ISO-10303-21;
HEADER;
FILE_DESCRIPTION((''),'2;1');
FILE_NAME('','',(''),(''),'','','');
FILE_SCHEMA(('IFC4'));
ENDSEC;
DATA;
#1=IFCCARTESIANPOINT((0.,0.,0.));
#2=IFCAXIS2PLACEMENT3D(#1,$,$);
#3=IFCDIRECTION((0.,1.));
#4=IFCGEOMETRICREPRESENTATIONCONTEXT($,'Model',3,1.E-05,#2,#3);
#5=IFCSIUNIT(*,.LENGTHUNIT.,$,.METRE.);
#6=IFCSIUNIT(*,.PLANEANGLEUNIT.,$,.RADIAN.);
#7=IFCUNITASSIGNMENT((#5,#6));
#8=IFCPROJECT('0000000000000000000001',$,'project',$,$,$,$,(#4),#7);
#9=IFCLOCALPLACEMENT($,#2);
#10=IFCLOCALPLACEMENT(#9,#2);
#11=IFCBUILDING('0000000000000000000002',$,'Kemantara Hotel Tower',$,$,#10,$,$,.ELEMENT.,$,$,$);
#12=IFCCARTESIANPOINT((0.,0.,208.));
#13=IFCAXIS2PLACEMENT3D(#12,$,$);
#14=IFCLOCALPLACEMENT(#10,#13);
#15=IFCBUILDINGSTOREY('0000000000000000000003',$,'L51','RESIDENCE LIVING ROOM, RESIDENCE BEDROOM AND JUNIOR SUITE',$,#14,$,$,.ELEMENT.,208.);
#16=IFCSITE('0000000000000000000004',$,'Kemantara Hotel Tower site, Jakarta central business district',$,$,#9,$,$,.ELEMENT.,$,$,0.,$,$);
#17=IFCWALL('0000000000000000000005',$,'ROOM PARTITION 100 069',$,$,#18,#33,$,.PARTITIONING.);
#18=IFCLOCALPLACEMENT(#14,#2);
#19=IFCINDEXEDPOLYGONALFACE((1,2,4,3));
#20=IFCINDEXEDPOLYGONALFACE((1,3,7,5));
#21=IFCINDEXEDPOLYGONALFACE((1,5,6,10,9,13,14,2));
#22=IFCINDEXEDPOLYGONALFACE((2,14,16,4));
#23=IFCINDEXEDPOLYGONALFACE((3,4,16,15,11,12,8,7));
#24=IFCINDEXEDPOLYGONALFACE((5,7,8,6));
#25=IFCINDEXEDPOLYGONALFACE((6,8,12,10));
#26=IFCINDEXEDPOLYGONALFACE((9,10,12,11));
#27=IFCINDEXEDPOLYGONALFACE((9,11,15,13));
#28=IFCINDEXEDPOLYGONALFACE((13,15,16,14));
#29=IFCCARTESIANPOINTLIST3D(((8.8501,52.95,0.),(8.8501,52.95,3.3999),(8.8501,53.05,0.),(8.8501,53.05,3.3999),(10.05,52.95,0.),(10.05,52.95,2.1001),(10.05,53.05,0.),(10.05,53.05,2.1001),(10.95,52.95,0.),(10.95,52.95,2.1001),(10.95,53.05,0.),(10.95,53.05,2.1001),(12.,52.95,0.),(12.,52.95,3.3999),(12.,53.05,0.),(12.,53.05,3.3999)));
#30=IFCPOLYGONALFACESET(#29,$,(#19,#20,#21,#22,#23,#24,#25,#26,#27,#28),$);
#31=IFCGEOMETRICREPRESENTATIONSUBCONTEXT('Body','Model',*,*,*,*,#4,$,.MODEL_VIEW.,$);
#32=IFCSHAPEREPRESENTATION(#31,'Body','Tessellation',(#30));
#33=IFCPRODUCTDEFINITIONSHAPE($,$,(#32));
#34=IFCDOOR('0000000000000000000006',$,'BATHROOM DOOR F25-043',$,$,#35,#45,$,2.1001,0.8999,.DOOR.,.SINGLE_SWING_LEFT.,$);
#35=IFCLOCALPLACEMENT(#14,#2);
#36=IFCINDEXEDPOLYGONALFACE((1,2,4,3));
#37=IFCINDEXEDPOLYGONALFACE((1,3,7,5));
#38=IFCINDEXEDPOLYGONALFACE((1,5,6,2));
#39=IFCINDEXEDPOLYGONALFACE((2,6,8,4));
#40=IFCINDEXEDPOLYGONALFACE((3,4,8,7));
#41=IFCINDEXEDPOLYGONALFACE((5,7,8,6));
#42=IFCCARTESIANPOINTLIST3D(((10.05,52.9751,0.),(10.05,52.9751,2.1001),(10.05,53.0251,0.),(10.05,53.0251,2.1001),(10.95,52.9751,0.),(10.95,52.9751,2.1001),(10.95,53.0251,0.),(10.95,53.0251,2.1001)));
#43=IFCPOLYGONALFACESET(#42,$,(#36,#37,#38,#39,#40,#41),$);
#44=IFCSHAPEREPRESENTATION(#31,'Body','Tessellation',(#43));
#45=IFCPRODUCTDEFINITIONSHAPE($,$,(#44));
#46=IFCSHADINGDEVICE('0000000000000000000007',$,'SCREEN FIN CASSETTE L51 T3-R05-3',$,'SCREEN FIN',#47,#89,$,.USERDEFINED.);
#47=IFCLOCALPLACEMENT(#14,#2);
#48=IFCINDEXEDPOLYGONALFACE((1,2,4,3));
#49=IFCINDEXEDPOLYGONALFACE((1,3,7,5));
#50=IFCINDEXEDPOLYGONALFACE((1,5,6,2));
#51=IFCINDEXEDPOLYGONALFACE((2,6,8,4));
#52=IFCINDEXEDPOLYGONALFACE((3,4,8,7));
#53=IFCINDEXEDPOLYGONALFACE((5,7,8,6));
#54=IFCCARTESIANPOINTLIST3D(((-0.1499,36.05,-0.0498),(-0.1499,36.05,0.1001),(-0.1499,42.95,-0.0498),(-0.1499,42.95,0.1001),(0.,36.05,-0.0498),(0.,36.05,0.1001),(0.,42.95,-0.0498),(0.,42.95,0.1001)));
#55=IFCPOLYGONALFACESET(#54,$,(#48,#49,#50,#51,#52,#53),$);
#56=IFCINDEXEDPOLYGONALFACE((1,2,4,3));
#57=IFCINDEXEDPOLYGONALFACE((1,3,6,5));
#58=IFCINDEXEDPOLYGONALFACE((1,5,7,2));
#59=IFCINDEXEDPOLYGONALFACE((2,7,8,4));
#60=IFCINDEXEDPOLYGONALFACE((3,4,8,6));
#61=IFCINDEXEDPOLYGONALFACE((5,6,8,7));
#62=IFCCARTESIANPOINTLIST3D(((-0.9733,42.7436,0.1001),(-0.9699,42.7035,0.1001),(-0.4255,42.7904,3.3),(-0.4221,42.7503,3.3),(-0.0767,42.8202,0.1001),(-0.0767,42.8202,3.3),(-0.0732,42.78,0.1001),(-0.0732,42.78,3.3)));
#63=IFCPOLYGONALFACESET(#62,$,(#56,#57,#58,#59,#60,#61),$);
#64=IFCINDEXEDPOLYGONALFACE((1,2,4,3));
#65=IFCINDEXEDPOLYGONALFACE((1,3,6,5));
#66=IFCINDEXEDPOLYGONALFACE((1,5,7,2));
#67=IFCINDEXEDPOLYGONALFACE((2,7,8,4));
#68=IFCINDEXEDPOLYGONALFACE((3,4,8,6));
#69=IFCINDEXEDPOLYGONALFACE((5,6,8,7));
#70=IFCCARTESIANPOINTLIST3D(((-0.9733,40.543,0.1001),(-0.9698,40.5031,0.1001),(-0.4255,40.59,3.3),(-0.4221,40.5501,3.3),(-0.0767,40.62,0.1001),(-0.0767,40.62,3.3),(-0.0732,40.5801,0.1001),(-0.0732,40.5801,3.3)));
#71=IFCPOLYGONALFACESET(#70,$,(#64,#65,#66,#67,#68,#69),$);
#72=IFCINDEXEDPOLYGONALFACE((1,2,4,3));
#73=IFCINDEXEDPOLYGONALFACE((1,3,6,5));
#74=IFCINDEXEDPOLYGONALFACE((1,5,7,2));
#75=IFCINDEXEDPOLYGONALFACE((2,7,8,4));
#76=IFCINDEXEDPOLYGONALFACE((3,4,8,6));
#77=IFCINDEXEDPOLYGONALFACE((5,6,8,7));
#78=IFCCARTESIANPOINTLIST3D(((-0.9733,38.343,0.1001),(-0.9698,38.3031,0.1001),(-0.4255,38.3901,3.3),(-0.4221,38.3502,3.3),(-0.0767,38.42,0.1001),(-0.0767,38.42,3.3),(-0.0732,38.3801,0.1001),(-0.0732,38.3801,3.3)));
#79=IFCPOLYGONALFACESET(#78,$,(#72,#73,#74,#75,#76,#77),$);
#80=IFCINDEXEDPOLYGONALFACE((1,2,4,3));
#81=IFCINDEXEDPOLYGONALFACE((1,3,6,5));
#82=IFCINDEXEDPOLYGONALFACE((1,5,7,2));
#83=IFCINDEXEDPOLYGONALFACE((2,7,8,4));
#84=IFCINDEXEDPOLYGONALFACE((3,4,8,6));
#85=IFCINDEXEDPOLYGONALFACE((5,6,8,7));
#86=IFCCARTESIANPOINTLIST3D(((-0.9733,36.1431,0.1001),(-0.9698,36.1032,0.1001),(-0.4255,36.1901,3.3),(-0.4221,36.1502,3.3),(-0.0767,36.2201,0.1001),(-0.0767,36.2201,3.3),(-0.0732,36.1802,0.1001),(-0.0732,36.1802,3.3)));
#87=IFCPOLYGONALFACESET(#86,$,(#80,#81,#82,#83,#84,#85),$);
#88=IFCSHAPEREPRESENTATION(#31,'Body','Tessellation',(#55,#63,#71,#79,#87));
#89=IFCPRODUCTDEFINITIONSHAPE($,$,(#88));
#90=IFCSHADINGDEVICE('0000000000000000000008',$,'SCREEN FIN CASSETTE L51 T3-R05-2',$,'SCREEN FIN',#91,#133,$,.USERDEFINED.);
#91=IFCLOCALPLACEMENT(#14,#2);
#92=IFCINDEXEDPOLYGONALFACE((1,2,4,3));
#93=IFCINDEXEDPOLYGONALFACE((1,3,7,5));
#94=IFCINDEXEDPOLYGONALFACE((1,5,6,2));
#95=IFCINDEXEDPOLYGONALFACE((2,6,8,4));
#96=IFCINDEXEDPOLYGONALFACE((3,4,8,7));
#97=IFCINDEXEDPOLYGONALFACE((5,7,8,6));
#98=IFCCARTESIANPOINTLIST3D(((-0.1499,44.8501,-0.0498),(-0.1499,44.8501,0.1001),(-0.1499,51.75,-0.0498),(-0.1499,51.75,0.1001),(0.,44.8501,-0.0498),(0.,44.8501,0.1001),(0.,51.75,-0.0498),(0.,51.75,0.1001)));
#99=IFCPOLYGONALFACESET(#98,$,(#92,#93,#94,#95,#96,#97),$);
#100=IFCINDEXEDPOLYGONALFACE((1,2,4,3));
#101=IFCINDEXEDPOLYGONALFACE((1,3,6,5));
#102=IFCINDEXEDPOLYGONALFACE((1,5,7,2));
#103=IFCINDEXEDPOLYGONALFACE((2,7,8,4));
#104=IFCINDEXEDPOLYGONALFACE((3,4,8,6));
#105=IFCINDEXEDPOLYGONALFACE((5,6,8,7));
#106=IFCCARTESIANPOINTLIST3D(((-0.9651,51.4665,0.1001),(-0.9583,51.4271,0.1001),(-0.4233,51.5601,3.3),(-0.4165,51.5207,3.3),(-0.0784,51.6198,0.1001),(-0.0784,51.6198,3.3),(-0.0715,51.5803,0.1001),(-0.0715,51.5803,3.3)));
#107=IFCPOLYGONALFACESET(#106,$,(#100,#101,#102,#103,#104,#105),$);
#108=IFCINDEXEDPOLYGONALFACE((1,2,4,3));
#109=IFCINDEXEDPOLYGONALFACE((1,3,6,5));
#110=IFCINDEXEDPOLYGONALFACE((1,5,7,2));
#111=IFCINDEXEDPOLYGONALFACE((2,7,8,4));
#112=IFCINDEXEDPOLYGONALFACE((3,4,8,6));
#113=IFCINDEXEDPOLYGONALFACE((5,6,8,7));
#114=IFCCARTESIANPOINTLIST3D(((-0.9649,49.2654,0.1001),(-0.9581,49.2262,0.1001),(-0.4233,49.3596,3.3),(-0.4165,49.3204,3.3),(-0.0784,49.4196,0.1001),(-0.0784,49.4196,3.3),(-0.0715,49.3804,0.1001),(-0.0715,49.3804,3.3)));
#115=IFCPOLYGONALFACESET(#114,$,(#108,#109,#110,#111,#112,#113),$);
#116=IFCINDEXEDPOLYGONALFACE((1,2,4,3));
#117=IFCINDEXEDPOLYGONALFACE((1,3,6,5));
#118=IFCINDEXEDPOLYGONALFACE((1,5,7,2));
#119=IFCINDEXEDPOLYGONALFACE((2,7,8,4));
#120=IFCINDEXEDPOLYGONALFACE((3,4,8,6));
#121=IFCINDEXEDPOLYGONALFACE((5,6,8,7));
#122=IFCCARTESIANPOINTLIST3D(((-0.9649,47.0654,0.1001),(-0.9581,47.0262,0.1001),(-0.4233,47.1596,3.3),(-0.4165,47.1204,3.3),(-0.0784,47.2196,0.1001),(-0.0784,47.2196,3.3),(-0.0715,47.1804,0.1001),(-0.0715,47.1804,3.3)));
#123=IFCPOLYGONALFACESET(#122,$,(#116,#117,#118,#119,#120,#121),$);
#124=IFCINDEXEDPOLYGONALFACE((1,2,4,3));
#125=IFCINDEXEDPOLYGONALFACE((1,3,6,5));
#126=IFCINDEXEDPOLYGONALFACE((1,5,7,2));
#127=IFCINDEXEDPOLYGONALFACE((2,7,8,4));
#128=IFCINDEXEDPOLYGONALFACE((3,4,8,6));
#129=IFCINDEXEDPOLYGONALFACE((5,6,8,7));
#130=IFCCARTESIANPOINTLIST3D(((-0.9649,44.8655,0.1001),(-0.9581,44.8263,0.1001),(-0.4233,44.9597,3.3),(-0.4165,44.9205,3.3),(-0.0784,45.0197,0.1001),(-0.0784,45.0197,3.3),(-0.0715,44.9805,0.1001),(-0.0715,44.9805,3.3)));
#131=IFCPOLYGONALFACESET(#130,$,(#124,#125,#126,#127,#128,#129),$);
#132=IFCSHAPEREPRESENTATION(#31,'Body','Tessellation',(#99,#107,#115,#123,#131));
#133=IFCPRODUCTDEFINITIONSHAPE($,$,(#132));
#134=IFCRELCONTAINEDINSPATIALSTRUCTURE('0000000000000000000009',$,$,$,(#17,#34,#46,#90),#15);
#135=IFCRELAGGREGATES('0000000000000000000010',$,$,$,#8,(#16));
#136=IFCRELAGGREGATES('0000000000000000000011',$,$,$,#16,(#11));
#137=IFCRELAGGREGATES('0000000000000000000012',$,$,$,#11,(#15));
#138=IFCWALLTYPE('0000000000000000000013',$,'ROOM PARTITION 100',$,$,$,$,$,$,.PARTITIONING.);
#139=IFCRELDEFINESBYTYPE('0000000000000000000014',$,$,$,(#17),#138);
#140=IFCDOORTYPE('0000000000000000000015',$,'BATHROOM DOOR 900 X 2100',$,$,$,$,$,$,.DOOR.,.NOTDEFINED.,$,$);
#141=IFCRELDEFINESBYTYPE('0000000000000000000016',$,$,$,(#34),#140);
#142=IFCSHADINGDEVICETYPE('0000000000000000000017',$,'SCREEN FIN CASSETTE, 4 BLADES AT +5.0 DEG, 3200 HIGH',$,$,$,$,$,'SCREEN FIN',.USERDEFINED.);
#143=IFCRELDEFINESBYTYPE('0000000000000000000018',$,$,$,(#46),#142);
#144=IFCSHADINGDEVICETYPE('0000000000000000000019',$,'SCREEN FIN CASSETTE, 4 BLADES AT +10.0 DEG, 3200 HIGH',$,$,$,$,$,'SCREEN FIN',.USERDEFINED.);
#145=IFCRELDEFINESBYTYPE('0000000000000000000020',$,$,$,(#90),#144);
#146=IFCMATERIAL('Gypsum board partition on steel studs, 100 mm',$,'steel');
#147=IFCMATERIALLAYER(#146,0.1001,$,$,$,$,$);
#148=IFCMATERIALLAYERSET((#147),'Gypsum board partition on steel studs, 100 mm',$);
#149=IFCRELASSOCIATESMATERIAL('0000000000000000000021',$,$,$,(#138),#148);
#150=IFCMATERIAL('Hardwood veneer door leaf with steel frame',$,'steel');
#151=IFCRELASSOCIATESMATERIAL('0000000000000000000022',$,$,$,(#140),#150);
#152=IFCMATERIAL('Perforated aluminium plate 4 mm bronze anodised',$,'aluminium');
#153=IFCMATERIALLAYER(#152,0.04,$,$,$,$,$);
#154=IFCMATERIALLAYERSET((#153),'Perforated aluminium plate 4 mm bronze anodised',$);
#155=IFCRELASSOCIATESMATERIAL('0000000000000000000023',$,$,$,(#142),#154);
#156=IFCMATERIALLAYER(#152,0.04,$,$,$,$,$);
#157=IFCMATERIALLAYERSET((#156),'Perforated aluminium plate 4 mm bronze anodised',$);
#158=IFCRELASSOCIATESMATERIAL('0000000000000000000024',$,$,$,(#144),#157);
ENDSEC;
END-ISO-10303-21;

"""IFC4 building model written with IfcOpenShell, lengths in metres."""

from ifc_helpers import new_model, si_unit, direction, frame, frame_2d, origin, origin_2d, place, context, subcontext, project, spatial, polyline, rectangle, outline, extrude, source, transform, mapped, material, layer, layer_set, type_object, element, fill, save


model = new_model("IFC4")

# Units and contexts
model_context = context("Model", 3, precision=1e-05, world=origin(), true_north=direction((0.0, 1.0)))
body_context = subcontext(model_context, "Body", "Model", "MODEL_VIEW")
ifc_project = project(units=[si_unit("LENGTHUNIT", "METRE"), si_unit("PLANEANGLEUNIT", "RADIAN")], contexts=[model_context])

# Site, building, storey
site_placement = place(None, origin())
site = spatial("IfcSite", under=ifc_project, at=site_placement, Name="Kemantara Hotel Tower site, Jakarta central business district", CompositionType="ELEMENT", RefElevation=0.0)
building_placement = place(site_placement, origin())
building = spatial("IfcBuilding", under=site, at=building_placement, Name="Kemantara Hotel Tower", CompositionType="ELEMENT")
storey_placement = place(building_placement, frame((0.0, 0.0, 208.0)))
storey = spatial("IfcBuildingStorey", under=building, at=storey_placement, Name="L51", Description="RESIDENCE LIVING ROOM, RESIDENCE BEDROOM AND JUNIOR SUITE", CompositionType="ELEMENT", Elevation=208.0)

# Shared definitions
ifc_material_1 = material(Name="Hardwood veneer door leaf with steel frame", Category="steel")

# Shared definitions
ifc_material_2 = material(Name="Gypsum board partition on steel studs, 100 mm", Category="steel")
ifc_layer_1 = layer(ifc_material_2, 0.1001)
ifc_layer_set_1 = layer_set([ifc_layer_1], Name="Gypsum board partition on steel studs, 100 mm")
wall_type_1 = type_object("IfcWallType", Name="ROOM PARTITION 100", PredefinedType="PARTITIONING", material=ifc_layer_set_1)

# Shared definitions
door_type_1 = type_object("IfcDoorType", Name="BATHROOM DOOR 900 X 2100", OperationType="NOTDEFINED", PredefinedType="DOOR", material=ifc_material_1)

# Wall, opening, door
wall_1_placement = place(storey_placement, frame((12.0, 53.0, 0.0), z_axis=(0.0, 0.0, 1.0), x_axis=(-1.0, 0.0, 0.0)))
wall_1 = element("IfcWall", 1, at=wall_1_placement, inside=storey, type_object=wall_type_1, Name="ROOM PARTITION 100 069", PredefinedType="PARTITIONING", context=body_context, shape_type="SweptSolid", body=[
    extrude(rectangle(XDim=3.1499, YDim=0.1001, at=frame_2d((1.575, 0.0))), origin(), (0.0, 0.0, 1.0), 3.3999),
])
opening_1_placement = place(wall_1_placement, frame((1.05, 0.0, 0.0)))
opening_1 = element("IfcOpeningElement", 2, at=opening_1_placement, cuts=wall_1, PredefinedType="OPENING", context=body_context, shape_type="SweptSolid", body=[
    extrude(rectangle(XDim=0.8999, YDim=2.1001, at=frame_2d((0.45, 1.05))), frame((0.0, 0.0601, 0.0), z_axis=(0.0, -1.0, 0.0), x_axis=(1.0, 0.0, 0.0)), (0.0, 0.0, 1.0), 0.1201),
])
door_1_placement = place(opening_1_placement, origin())
door_1 = element("IfcDoor", 3, at=door_1_placement, inside=storey, type_object=door_type_1, Name="BATHROOM DOOR F25-043", OperationType="SINGLE_SWING_LEFT", OverallHeight=2.1001, OverallWidth=0.8999, PredefinedType="DOOR", context=body_context, shape_type="SweptSolid", body=[
    extrude(rectangle(XDim=0.8999, YDim=2.1001, at=frame_2d((0.45, 1.05))), frame((0.0, 0.0249, 0.0), z_axis=(0.0, -1.0, 0.0), x_axis=(1.0, 0.0, 0.0)), (0.0, 0.0, 1.0), 0.05),
])
fill(opening_1, door_1)

# Shading devices
ifc_material_3 = material(Name="Perforated aluminium plate 4 mm bronze anodised", Category="aluminium")
ifc_layer_2 = layer(ifc_material_3, 0.04)
ifc_layer_set_2 = layer_set([ifc_layer_2], Name="Perforated aluminium plate 4 mm bronze anodised")
shading_device_type_1 = type_object("IfcShadingDeviceType", Name="SCREEN FIN CASSETTE, 4 BLADES AT +5.0 DEG, 3200 HIGH", ElementType="SCREEN FIN", PredefinedType="USERDEFINED", material=ifc_layer_set_2)
shared_shape_1 = source(origin(), body_context, "Body", "SweptSolid", [
    extrude(rectangle(XDim=6.8999, YDim=0.1499, at=origin_2d()), frame((3.3, -0.075, -0.1499), z_axis=(0.0, 0.0, 1.0), x_axis=(1.0, 0.0, 0.0)), (0.0, 0.0, 1.0), 0.1499),
    extrude(outline(polyline([(0.0, 0.0), (0.8999, 0.0), (0.3501, 3.2), (0.0, 3.2), (0.0, 0.0)])), frame((0.02, -0.0732, 0.0), z_axis=(-0.996376, -0.085056, 0.0), x_axis=(0.085056, -0.996376, 0.0)), (0.0, 0.0, 1.0), 0.0403),
    extrude(outline(polyline([(0.0, 0.0), (0.8999, 0.0), (0.3501, 3.2), (0.0, 3.2), (0.0, 0.0)])), frame((2.22, -0.0732, 0.0), z_axis=(-0.996332, -0.085575, 0.0), x_axis=(0.085575, -0.996332, 0.0)), (0.0, 0.0, 1.0), 0.04),
    extrude(outline(polyline([(0.0, 0.0), (0.8999, 0.0), (0.3501, 3.2), (0.0, 3.2), (0.0, 0.0)])), frame((4.4199, -0.0732, 0.0), z_axis=(-0.996332, -0.085575, 0.0), x_axis=(0.085575, -0.996332, 0.0)), (0.0, 0.0, 1.0), 0.04),
    extrude(outline(polyline([(0.0, 0.0), (0.8999, 0.0), (0.3501, 3.2), (0.0, 3.2), (0.0, 0.0)])), frame((6.6199, -0.0732, 0.0), z_axis=(-0.996332, -0.085575, 0.0), x_axis=(0.085575, -0.996332, 0.0)), (0.0, 0.0, 1.0), 0.04),
])
shading_device_1_placement = place(storey_placement, frame((0.0, 42.8, 0.1001), z_axis=(0.0, 0.0, 1.0), x_axis=(0.0, -1.0, 0.0)))
element("IfcShadingDevice", 4, at=shading_device_1_placement, inside=storey, type_object=shading_device_type_1, Name="SCREEN FIN CASSETTE L51 T3-R05-3", ObjectType="SCREEN FIN", PredefinedType="USERDEFINED", context=body_context, shape_type="MappedRepresentation", body=[
    mapped(shared_shape_1, transform((0.0, 0.0, 0.0))),
])
ifc_layer_3 = layer(ifc_material_3, 0.04)
ifc_layer_set_3 = layer_set([ifc_layer_3], Name="Perforated aluminium plate 4 mm bronze anodised")
shading_device_type_2 = type_object("IfcShadingDeviceType", Name="SCREEN FIN CASSETTE, 4 BLADES AT +10.0 DEG, 3200 HIGH", ElementType="SCREEN FIN", PredefinedType="USERDEFINED", material=ifc_layer_set_3)
shared_shape_2 = source(origin(), body_context, "Body", "SweptSolid", [
    extrude(rectangle(XDim=6.8999, YDim=0.1499, at=origin_2d()), frame((3.3, -0.075, -0.1499), z_axis=(0.0, 0.0, 1.0), x_axis=(1.0, 0.0, 0.0)), (0.0, 0.0, 1.0), 0.1499),
    extrude(outline(polyline([(0.0, 0.0), (0.8999, 0.0), (0.3501, 3.2), (0.0, 3.2), (0.0, 0.0)])), frame((0.0198, -0.0715, 0.0), z_axis=(-0.98539, -0.170314, 0.0), x_axis=(0.170314, -0.98539, 0.0)), (0.0, 0.0, 1.0), 0.04),
    extrude(outline(polyline([(0.0, 0.0), (0.8999, 0.0), (0.3501, 3.2), (0.0, 3.2), (0.0, 0.0)])), frame((2.2197, -0.0715, 0.0), z_axis=(-0.985212, -0.171341, 0.0), x_axis=(0.171341, -0.985212, 0.0)), (0.0, 0.0, 1.0), 0.0398),
    extrude(outline(polyline([(0.0, 0.0), (0.8999, 0.0), (0.3501, 3.2), (0.0, 3.2), (0.0, 0.0)])), frame((4.4197, -0.0715, 0.0), z_axis=(-0.985212, -0.171341, 0.0), x_axis=(0.171341, -0.985212, 0.0)), (0.0, 0.0, 1.0), 0.0398),
    extrude(outline(polyline([(0.0, 0.0), (0.8999, 0.0), (0.3501, 3.2), (0.0, 3.2), (0.0, 0.0)])), frame((6.6196, -0.0715, 0.0), z_axis=(-0.985212, -0.171341, 0.0), x_axis=(0.171341, -0.985212, 0.0)), (0.0, 0.0, 1.0), 0.0398),
])
shading_device_2_placement = place(storey_placement, frame((0.0, 51.6001, 0.1001), z_axis=(0.0, 0.0, 1.0), x_axis=(0.0, -1.0, 0.0)))
element("IfcShadingDevice", 5, at=shading_device_2_placement, inside=storey, type_object=shading_device_type_2, Name="SCREEN FIN CASSETTE L51 T3-R05-2", ObjectType="SCREEN FIN", PredefinedType="USERDEFINED", context=body_context, shape_type="MappedRepresentation", body=[
    mapped(shared_shape_2, transform((0.0, 0.0, 0.0))),
])

save(model, "model.ifc")
